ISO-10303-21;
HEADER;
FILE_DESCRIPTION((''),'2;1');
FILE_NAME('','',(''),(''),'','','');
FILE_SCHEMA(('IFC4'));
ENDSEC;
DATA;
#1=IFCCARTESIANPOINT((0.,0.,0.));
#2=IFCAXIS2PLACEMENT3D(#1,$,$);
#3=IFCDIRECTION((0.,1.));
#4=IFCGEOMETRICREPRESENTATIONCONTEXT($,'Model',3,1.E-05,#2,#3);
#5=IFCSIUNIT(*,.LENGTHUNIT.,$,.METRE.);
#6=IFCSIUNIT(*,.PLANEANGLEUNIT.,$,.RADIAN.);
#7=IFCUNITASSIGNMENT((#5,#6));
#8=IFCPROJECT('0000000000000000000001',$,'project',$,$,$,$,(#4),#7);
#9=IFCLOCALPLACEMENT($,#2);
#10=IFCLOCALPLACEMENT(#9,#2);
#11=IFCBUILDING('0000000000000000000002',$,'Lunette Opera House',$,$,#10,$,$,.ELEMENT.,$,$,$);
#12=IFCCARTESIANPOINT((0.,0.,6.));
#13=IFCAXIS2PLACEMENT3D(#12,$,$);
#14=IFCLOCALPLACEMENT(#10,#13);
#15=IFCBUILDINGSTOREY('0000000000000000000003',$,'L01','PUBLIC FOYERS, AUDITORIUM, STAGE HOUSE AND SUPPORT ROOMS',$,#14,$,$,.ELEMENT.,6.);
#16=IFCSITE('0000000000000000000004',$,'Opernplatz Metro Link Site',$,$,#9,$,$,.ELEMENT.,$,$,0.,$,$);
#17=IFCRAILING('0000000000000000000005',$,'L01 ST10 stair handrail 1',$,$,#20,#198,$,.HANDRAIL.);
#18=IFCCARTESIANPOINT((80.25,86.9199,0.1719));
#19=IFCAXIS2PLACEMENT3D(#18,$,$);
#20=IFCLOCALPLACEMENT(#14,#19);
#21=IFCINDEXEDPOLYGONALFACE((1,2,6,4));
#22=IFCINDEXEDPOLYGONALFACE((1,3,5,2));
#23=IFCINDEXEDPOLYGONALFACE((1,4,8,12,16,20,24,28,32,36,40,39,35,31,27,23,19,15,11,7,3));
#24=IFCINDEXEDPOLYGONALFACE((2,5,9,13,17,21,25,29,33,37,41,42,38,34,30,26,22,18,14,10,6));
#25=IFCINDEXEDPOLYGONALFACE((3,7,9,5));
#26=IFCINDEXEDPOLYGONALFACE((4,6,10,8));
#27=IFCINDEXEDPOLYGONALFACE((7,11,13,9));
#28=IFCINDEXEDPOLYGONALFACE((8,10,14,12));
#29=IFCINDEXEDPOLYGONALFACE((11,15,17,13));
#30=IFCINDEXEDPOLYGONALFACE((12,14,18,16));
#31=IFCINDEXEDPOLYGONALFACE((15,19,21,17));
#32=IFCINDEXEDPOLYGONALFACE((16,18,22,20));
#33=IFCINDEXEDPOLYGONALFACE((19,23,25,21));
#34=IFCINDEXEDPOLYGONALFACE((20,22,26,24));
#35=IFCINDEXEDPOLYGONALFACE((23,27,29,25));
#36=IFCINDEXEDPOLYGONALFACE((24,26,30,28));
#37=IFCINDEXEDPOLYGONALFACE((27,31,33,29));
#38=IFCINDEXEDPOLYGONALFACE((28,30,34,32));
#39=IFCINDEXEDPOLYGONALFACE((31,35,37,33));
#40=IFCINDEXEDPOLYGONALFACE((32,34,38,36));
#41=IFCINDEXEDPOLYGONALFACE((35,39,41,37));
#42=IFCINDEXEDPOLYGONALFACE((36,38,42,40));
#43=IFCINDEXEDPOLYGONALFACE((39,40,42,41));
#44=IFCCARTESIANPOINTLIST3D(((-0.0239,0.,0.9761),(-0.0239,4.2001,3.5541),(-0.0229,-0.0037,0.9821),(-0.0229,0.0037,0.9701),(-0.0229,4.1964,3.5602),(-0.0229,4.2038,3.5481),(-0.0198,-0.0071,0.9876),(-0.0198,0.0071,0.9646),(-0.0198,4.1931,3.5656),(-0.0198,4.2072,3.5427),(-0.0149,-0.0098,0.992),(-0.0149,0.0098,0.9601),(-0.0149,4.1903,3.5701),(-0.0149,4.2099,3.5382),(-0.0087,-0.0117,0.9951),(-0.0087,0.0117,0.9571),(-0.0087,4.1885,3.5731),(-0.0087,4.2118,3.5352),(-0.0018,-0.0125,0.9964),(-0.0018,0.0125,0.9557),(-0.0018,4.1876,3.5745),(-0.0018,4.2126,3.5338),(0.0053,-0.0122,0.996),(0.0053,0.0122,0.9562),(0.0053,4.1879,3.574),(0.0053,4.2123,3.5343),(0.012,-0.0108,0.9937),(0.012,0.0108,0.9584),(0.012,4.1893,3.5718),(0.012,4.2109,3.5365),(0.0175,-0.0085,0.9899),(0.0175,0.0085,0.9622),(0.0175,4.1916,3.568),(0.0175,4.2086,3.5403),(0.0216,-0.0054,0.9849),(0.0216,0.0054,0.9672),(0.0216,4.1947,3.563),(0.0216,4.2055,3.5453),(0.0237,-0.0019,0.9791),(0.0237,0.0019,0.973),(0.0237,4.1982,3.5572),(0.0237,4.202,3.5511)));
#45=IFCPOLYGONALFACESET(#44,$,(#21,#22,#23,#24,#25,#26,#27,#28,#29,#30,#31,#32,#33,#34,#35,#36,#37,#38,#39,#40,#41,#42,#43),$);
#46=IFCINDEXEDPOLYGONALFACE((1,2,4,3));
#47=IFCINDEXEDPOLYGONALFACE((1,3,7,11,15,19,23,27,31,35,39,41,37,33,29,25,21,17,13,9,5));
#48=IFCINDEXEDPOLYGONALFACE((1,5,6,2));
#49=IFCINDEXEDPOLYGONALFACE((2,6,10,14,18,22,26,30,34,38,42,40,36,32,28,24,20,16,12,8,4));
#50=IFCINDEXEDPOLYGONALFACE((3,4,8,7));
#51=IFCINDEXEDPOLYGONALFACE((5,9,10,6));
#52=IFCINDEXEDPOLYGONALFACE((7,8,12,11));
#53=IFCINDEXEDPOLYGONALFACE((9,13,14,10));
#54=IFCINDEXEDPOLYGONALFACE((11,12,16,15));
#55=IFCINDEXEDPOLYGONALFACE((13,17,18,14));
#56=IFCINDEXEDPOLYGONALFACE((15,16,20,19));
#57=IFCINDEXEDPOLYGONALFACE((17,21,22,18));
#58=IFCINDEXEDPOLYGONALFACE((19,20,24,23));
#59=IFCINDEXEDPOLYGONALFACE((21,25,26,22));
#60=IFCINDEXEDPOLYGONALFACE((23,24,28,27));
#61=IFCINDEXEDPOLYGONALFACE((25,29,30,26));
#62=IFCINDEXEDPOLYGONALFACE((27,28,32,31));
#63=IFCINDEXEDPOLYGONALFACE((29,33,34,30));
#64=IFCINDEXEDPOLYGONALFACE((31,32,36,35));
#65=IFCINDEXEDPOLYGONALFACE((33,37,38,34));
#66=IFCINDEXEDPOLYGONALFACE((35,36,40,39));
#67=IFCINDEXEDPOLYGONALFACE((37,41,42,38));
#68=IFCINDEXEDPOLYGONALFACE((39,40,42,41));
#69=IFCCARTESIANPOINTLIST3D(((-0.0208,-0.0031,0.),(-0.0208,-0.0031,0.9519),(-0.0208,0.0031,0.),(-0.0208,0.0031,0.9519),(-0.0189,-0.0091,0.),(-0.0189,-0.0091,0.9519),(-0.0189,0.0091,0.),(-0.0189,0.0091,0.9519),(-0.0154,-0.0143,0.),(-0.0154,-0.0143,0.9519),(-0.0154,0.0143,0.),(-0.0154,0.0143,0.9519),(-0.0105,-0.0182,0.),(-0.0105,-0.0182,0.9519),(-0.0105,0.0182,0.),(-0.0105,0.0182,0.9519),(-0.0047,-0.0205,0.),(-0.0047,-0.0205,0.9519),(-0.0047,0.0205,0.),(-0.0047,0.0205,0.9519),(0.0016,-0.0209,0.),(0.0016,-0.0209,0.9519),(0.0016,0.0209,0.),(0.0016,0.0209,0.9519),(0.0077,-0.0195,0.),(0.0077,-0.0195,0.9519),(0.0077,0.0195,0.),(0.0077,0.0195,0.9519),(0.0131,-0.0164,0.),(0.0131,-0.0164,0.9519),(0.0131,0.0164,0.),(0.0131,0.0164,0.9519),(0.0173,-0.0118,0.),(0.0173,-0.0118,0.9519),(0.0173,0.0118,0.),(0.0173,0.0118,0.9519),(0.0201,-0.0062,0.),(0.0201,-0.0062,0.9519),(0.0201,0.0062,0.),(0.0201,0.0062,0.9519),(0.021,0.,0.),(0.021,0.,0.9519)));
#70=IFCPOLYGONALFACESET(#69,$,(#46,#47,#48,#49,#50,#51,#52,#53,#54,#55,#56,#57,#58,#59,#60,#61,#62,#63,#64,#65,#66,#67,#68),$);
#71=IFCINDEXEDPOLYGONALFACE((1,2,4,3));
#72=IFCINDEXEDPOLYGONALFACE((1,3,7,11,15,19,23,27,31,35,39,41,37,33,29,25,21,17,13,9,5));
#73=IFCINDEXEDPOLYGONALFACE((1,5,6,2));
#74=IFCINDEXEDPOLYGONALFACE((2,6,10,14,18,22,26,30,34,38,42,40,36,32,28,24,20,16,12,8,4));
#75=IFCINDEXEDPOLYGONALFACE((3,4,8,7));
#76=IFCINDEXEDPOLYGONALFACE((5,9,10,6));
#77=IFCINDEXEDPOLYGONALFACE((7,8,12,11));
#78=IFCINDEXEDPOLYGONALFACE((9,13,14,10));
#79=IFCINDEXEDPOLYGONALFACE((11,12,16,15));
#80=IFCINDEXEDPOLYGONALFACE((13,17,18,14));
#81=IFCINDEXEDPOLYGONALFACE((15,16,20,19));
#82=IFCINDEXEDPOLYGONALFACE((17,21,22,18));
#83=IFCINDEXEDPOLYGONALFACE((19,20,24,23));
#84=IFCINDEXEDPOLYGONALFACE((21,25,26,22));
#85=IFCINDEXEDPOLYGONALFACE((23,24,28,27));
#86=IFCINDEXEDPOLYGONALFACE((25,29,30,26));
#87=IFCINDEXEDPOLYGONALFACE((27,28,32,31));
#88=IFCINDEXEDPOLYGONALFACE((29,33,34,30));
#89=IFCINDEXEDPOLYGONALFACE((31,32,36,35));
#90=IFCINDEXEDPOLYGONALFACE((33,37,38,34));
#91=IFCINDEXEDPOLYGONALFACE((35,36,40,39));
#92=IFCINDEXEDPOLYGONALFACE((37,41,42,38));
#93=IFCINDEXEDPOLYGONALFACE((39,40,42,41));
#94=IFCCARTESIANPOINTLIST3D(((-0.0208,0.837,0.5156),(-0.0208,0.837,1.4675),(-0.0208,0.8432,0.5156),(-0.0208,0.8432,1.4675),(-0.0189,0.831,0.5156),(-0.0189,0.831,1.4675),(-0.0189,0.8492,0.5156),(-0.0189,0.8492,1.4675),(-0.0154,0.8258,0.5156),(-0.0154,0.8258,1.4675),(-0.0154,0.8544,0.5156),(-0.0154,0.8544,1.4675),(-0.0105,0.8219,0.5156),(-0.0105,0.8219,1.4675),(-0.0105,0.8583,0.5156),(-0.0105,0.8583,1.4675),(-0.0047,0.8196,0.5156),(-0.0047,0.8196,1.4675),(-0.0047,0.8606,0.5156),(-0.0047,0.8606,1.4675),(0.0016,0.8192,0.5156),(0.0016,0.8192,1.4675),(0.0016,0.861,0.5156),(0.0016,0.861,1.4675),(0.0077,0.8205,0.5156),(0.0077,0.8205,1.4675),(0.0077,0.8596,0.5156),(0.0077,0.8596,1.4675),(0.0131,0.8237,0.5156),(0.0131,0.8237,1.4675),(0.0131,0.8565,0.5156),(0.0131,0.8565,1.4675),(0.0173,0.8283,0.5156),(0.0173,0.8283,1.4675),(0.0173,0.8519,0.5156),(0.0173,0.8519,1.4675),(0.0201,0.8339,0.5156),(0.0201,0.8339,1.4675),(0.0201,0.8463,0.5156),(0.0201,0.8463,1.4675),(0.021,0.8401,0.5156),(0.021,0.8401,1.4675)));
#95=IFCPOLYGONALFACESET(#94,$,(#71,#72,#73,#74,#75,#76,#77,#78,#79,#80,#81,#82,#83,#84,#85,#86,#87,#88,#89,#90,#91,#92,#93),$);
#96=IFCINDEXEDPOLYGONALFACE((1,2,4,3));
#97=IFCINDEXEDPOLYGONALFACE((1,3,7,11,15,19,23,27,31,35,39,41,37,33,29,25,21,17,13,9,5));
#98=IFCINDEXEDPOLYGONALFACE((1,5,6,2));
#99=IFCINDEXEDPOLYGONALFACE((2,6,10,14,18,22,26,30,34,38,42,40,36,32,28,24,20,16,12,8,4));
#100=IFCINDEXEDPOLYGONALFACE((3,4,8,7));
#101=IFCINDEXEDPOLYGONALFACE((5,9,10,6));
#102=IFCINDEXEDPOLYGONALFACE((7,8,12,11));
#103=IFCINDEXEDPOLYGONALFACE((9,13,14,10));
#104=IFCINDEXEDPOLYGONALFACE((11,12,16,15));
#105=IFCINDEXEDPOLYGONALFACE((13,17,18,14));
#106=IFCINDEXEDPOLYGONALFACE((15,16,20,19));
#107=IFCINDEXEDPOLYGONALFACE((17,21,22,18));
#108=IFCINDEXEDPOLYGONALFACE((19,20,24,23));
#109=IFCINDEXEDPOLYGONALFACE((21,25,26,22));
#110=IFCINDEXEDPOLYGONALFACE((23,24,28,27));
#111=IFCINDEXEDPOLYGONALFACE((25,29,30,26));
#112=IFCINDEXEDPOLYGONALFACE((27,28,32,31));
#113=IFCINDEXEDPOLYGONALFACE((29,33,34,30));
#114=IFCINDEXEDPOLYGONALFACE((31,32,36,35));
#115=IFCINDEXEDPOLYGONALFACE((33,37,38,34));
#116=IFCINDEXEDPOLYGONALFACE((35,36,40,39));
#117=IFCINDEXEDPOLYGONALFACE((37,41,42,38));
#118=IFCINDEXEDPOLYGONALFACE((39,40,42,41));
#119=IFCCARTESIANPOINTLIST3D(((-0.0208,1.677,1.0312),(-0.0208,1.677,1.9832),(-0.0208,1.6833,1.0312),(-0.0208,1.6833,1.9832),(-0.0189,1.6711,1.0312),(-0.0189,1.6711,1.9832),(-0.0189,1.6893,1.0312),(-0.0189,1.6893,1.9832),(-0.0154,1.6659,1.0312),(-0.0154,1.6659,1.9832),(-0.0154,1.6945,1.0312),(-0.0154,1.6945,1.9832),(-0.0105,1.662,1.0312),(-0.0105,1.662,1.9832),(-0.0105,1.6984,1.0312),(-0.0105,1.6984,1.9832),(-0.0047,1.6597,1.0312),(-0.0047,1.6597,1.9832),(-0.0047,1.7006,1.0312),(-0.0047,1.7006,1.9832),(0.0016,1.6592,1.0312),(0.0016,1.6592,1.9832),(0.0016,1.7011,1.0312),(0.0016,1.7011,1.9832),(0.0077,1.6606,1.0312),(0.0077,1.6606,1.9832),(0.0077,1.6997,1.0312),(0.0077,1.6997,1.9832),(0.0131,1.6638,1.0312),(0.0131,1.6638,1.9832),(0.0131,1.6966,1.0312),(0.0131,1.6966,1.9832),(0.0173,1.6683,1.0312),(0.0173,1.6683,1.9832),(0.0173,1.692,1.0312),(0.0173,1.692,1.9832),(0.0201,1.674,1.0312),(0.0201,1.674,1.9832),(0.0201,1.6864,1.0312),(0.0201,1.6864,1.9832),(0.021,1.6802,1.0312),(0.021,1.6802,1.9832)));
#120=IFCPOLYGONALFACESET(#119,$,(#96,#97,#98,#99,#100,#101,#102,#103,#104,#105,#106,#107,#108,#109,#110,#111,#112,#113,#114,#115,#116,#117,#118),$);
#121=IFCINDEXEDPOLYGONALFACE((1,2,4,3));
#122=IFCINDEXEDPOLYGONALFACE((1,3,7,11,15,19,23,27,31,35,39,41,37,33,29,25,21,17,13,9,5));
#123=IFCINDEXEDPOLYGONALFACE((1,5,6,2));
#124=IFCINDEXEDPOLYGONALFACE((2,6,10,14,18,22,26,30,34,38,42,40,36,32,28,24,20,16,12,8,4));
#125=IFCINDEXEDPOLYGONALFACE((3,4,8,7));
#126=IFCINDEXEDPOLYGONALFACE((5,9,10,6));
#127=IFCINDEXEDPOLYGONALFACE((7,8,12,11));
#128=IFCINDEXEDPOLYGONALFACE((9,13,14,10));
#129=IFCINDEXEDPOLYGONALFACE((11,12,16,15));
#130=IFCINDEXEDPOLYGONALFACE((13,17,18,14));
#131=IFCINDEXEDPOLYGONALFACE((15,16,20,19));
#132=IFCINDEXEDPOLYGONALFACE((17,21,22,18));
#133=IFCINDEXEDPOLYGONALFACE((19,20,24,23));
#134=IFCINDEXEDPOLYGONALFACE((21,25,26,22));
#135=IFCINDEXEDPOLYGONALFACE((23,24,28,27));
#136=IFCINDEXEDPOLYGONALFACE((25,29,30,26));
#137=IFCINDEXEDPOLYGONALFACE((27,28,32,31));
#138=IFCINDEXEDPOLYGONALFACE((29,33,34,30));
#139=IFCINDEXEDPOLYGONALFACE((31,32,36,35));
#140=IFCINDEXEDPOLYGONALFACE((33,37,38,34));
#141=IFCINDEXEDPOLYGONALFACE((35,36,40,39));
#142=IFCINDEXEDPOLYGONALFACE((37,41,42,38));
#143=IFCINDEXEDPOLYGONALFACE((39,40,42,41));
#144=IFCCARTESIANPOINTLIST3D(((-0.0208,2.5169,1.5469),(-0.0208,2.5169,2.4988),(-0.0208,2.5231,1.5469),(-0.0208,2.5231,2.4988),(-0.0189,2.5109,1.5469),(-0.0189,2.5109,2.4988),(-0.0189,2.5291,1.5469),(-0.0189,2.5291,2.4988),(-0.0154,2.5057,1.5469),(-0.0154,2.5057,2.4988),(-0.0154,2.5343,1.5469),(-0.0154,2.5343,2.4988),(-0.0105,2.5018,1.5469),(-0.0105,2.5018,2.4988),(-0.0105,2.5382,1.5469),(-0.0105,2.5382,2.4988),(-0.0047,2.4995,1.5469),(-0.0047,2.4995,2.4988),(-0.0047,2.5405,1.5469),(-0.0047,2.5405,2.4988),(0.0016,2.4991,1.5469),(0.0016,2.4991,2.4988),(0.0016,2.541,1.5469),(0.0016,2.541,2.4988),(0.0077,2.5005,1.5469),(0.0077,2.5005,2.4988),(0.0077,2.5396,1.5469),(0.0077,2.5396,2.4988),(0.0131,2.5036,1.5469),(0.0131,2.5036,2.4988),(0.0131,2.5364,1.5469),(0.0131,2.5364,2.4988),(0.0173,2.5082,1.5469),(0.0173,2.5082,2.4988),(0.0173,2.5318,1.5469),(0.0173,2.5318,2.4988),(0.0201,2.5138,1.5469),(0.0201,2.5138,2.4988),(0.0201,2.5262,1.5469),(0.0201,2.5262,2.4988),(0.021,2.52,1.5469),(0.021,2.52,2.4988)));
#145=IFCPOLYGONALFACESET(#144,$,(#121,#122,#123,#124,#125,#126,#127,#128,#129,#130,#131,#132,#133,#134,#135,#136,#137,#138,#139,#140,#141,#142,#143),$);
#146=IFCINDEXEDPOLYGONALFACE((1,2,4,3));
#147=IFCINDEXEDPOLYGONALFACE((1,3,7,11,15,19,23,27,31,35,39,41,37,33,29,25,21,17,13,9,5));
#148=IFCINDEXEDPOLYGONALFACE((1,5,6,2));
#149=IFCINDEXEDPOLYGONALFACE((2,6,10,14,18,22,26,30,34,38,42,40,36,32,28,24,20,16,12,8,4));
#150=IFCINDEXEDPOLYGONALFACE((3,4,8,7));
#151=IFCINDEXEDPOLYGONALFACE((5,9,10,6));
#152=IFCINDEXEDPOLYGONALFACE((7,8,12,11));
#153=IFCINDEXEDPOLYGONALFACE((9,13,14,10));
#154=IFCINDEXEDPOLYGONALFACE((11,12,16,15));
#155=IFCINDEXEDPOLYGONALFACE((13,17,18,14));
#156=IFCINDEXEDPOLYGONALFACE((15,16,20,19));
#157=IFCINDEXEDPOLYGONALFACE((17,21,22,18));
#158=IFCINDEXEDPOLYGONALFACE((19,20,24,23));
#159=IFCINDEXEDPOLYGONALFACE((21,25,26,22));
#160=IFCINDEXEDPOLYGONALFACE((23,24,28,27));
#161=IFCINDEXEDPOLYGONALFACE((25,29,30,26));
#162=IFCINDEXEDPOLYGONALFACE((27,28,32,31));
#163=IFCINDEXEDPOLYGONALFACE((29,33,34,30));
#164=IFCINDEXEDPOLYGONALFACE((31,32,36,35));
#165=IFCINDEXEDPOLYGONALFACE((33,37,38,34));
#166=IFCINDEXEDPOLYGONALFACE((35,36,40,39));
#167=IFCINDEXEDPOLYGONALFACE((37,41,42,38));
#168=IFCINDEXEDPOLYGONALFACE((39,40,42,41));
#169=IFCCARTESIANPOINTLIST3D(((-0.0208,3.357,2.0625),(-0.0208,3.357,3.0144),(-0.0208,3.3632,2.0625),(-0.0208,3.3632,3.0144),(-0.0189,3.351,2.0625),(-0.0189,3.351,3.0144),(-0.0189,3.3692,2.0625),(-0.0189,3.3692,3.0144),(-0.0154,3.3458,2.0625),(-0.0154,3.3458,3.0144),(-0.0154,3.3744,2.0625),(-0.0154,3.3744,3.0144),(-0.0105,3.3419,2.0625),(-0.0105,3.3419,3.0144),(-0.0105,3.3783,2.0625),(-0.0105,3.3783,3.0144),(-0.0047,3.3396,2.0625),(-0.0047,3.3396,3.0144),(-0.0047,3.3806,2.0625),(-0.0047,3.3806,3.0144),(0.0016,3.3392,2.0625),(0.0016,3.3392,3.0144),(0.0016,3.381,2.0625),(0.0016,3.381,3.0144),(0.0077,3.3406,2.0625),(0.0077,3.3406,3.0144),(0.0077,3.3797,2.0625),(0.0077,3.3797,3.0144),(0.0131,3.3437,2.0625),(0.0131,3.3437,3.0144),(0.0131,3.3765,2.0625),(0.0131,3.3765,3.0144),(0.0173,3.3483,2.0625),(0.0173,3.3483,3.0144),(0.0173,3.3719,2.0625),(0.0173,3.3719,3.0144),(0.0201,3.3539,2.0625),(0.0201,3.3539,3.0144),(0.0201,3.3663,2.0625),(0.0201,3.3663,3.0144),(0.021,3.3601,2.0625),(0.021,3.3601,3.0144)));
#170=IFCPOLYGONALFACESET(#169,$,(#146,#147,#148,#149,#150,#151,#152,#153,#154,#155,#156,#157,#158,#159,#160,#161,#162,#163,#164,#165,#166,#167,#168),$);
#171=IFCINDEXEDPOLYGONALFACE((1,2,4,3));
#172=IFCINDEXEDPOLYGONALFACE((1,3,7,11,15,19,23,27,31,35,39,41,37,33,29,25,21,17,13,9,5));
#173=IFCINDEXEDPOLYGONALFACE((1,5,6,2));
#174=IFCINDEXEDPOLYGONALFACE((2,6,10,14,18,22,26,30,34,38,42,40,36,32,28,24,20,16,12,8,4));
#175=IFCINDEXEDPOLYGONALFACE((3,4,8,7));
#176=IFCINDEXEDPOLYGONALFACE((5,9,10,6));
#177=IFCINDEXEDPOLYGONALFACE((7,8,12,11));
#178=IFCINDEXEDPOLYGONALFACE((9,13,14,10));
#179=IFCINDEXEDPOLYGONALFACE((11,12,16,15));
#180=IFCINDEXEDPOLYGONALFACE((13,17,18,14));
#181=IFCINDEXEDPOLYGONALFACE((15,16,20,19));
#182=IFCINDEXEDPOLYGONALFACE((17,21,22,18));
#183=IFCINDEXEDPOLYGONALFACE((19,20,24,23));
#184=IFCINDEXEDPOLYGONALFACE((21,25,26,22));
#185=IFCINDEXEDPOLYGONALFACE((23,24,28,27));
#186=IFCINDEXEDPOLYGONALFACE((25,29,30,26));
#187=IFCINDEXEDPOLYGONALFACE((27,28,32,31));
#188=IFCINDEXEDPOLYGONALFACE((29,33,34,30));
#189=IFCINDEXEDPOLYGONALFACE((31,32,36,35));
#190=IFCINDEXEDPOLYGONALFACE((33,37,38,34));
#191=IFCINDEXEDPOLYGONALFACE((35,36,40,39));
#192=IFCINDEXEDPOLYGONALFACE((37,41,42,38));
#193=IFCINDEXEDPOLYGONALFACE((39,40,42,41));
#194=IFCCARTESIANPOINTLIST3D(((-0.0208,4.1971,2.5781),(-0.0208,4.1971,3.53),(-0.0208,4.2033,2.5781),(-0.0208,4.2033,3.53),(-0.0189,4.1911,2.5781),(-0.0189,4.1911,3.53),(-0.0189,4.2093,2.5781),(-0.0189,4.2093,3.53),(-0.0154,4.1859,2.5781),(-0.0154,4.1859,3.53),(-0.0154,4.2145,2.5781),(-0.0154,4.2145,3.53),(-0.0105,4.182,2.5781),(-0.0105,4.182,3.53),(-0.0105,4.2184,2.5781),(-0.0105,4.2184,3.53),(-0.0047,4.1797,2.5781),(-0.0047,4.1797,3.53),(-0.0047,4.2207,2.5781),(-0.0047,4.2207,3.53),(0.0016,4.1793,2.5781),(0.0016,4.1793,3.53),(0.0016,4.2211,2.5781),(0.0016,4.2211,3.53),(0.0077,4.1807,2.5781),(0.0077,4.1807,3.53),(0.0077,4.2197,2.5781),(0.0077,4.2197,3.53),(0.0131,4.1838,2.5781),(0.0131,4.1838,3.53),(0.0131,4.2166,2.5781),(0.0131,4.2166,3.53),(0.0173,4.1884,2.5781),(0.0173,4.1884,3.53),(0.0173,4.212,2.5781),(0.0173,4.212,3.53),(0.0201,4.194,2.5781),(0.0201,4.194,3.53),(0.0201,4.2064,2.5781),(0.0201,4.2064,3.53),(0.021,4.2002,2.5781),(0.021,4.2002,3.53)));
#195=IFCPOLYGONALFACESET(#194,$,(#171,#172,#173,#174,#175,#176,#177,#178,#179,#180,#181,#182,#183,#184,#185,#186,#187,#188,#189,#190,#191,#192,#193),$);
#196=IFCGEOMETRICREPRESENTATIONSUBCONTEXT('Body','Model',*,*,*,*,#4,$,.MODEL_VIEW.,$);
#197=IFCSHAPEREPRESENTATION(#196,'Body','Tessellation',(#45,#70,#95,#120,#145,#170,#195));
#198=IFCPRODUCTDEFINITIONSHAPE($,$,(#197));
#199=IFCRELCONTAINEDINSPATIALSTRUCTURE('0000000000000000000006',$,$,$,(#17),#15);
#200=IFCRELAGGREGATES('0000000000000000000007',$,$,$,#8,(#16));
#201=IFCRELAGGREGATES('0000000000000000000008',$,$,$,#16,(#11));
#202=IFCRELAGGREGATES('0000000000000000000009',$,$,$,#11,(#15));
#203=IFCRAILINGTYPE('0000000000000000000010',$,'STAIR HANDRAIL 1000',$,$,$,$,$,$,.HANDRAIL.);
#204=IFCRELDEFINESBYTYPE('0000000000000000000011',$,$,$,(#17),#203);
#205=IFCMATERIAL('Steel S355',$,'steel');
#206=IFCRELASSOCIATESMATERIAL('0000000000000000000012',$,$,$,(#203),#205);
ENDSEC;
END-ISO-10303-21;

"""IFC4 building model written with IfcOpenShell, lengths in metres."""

from ifc_helpers import new_model, si_unit, direction, frame, origin, origin_2d, place, context, subcontext, project, spatial, circle, extrude, material, type_object, element, save


model = new_model("IFC4")

# Units and contexts
model_context = context("Model", 3, precision=1e-05, world=origin(), true_north=direction((0.0, 1.0)))
body_context = subcontext(model_context, "Body", "Model", "MODEL_VIEW")
ifc_project = project(units=[si_unit("LENGTHUNIT", "METRE"), si_unit("PLANEANGLEUNIT", "RADIAN")], contexts=[model_context])

# Site, building, storey
site_placement = place(None, origin())
site = spatial("IfcSite", under=ifc_project, at=site_placement, Name="Opernplatz Metro Link Site", CompositionType="ELEMENT", RefElevation=0.0)
building_placement = place(site_placement, origin())
building = spatial("IfcBuilding", under=site, at=building_placement, Name="Lunette Opera House", CompositionType="ELEMENT")
storey_placement = place(building_placement, frame((0.0, 0.0, 6.0)))
storey = spatial("IfcBuildingStorey", under=building, at=storey_placement, Name="L01", Description="PUBLIC FOYERS, AUDITORIUM, STAGE HOUSE AND SUPPORT ROOMS", CompositionType="ELEMENT", Elevation=6.0)

# Railing
ifc_material_1 = material(Name="Steel S355", Category="steel")
railing_type_1 = type_object("IfcRailingType", Name="STAIR HANDRAIL 1000", PredefinedType="HANDRAIL", material=ifc_material_1)
railing_1_placement = place(storey_placement, frame((80.25, 86.9199, 0.1719)))
element("IfcRailing", 1, at=railing_1_placement, inside=storey, type_object=railing_type_1, Name="L01 ST10 stair handrail 1", PredefinedType="HANDRAIL", context=body_context, shape_type="SweptSolid", body=[
    extrude(circle(Radius=0.0239, at=origin_2d()), frame((0.0, 0.0, 0.9761), z_axis=(0.0, 0.852256, 0.523124), x_axis=(-1.0, 0.0, 0.0)), (0.0, 0.0, 1.0), 4.9282),
    extrude(circle(Radius=0.021, at=origin_2d()), origin(), (0.0, 0.0, 1.0), 0.9519),
    extrude(circle(Radius=0.021, at=origin_2d()), frame((0.0, 0.8401, 0.5156)), (0.0, 0.0, 1.0), 0.9519),
    extrude(circle(Radius=0.021, at=origin_2d()), frame((0.0, 1.6802, 1.0312)), (0.0, 0.0, 1.0), 0.9519),
    extrude(circle(Radius=0.021, at=origin_2d()), frame((0.0, 2.52, 1.5469)), (0.0, 0.0, 1.0), 0.9519),
    extrude(circle(Radius=0.021, at=origin_2d()), frame((0.0, 3.3601, 2.0625)), (0.0, 0.0, 1.0), 0.9519),
    extrude(circle(Radius=0.021, at=origin_2d()), frame((0.0, 4.2002, 2.5781)), (0.0, 0.0, 1.0), 0.9519),
])

save(model, "model.ifc")
